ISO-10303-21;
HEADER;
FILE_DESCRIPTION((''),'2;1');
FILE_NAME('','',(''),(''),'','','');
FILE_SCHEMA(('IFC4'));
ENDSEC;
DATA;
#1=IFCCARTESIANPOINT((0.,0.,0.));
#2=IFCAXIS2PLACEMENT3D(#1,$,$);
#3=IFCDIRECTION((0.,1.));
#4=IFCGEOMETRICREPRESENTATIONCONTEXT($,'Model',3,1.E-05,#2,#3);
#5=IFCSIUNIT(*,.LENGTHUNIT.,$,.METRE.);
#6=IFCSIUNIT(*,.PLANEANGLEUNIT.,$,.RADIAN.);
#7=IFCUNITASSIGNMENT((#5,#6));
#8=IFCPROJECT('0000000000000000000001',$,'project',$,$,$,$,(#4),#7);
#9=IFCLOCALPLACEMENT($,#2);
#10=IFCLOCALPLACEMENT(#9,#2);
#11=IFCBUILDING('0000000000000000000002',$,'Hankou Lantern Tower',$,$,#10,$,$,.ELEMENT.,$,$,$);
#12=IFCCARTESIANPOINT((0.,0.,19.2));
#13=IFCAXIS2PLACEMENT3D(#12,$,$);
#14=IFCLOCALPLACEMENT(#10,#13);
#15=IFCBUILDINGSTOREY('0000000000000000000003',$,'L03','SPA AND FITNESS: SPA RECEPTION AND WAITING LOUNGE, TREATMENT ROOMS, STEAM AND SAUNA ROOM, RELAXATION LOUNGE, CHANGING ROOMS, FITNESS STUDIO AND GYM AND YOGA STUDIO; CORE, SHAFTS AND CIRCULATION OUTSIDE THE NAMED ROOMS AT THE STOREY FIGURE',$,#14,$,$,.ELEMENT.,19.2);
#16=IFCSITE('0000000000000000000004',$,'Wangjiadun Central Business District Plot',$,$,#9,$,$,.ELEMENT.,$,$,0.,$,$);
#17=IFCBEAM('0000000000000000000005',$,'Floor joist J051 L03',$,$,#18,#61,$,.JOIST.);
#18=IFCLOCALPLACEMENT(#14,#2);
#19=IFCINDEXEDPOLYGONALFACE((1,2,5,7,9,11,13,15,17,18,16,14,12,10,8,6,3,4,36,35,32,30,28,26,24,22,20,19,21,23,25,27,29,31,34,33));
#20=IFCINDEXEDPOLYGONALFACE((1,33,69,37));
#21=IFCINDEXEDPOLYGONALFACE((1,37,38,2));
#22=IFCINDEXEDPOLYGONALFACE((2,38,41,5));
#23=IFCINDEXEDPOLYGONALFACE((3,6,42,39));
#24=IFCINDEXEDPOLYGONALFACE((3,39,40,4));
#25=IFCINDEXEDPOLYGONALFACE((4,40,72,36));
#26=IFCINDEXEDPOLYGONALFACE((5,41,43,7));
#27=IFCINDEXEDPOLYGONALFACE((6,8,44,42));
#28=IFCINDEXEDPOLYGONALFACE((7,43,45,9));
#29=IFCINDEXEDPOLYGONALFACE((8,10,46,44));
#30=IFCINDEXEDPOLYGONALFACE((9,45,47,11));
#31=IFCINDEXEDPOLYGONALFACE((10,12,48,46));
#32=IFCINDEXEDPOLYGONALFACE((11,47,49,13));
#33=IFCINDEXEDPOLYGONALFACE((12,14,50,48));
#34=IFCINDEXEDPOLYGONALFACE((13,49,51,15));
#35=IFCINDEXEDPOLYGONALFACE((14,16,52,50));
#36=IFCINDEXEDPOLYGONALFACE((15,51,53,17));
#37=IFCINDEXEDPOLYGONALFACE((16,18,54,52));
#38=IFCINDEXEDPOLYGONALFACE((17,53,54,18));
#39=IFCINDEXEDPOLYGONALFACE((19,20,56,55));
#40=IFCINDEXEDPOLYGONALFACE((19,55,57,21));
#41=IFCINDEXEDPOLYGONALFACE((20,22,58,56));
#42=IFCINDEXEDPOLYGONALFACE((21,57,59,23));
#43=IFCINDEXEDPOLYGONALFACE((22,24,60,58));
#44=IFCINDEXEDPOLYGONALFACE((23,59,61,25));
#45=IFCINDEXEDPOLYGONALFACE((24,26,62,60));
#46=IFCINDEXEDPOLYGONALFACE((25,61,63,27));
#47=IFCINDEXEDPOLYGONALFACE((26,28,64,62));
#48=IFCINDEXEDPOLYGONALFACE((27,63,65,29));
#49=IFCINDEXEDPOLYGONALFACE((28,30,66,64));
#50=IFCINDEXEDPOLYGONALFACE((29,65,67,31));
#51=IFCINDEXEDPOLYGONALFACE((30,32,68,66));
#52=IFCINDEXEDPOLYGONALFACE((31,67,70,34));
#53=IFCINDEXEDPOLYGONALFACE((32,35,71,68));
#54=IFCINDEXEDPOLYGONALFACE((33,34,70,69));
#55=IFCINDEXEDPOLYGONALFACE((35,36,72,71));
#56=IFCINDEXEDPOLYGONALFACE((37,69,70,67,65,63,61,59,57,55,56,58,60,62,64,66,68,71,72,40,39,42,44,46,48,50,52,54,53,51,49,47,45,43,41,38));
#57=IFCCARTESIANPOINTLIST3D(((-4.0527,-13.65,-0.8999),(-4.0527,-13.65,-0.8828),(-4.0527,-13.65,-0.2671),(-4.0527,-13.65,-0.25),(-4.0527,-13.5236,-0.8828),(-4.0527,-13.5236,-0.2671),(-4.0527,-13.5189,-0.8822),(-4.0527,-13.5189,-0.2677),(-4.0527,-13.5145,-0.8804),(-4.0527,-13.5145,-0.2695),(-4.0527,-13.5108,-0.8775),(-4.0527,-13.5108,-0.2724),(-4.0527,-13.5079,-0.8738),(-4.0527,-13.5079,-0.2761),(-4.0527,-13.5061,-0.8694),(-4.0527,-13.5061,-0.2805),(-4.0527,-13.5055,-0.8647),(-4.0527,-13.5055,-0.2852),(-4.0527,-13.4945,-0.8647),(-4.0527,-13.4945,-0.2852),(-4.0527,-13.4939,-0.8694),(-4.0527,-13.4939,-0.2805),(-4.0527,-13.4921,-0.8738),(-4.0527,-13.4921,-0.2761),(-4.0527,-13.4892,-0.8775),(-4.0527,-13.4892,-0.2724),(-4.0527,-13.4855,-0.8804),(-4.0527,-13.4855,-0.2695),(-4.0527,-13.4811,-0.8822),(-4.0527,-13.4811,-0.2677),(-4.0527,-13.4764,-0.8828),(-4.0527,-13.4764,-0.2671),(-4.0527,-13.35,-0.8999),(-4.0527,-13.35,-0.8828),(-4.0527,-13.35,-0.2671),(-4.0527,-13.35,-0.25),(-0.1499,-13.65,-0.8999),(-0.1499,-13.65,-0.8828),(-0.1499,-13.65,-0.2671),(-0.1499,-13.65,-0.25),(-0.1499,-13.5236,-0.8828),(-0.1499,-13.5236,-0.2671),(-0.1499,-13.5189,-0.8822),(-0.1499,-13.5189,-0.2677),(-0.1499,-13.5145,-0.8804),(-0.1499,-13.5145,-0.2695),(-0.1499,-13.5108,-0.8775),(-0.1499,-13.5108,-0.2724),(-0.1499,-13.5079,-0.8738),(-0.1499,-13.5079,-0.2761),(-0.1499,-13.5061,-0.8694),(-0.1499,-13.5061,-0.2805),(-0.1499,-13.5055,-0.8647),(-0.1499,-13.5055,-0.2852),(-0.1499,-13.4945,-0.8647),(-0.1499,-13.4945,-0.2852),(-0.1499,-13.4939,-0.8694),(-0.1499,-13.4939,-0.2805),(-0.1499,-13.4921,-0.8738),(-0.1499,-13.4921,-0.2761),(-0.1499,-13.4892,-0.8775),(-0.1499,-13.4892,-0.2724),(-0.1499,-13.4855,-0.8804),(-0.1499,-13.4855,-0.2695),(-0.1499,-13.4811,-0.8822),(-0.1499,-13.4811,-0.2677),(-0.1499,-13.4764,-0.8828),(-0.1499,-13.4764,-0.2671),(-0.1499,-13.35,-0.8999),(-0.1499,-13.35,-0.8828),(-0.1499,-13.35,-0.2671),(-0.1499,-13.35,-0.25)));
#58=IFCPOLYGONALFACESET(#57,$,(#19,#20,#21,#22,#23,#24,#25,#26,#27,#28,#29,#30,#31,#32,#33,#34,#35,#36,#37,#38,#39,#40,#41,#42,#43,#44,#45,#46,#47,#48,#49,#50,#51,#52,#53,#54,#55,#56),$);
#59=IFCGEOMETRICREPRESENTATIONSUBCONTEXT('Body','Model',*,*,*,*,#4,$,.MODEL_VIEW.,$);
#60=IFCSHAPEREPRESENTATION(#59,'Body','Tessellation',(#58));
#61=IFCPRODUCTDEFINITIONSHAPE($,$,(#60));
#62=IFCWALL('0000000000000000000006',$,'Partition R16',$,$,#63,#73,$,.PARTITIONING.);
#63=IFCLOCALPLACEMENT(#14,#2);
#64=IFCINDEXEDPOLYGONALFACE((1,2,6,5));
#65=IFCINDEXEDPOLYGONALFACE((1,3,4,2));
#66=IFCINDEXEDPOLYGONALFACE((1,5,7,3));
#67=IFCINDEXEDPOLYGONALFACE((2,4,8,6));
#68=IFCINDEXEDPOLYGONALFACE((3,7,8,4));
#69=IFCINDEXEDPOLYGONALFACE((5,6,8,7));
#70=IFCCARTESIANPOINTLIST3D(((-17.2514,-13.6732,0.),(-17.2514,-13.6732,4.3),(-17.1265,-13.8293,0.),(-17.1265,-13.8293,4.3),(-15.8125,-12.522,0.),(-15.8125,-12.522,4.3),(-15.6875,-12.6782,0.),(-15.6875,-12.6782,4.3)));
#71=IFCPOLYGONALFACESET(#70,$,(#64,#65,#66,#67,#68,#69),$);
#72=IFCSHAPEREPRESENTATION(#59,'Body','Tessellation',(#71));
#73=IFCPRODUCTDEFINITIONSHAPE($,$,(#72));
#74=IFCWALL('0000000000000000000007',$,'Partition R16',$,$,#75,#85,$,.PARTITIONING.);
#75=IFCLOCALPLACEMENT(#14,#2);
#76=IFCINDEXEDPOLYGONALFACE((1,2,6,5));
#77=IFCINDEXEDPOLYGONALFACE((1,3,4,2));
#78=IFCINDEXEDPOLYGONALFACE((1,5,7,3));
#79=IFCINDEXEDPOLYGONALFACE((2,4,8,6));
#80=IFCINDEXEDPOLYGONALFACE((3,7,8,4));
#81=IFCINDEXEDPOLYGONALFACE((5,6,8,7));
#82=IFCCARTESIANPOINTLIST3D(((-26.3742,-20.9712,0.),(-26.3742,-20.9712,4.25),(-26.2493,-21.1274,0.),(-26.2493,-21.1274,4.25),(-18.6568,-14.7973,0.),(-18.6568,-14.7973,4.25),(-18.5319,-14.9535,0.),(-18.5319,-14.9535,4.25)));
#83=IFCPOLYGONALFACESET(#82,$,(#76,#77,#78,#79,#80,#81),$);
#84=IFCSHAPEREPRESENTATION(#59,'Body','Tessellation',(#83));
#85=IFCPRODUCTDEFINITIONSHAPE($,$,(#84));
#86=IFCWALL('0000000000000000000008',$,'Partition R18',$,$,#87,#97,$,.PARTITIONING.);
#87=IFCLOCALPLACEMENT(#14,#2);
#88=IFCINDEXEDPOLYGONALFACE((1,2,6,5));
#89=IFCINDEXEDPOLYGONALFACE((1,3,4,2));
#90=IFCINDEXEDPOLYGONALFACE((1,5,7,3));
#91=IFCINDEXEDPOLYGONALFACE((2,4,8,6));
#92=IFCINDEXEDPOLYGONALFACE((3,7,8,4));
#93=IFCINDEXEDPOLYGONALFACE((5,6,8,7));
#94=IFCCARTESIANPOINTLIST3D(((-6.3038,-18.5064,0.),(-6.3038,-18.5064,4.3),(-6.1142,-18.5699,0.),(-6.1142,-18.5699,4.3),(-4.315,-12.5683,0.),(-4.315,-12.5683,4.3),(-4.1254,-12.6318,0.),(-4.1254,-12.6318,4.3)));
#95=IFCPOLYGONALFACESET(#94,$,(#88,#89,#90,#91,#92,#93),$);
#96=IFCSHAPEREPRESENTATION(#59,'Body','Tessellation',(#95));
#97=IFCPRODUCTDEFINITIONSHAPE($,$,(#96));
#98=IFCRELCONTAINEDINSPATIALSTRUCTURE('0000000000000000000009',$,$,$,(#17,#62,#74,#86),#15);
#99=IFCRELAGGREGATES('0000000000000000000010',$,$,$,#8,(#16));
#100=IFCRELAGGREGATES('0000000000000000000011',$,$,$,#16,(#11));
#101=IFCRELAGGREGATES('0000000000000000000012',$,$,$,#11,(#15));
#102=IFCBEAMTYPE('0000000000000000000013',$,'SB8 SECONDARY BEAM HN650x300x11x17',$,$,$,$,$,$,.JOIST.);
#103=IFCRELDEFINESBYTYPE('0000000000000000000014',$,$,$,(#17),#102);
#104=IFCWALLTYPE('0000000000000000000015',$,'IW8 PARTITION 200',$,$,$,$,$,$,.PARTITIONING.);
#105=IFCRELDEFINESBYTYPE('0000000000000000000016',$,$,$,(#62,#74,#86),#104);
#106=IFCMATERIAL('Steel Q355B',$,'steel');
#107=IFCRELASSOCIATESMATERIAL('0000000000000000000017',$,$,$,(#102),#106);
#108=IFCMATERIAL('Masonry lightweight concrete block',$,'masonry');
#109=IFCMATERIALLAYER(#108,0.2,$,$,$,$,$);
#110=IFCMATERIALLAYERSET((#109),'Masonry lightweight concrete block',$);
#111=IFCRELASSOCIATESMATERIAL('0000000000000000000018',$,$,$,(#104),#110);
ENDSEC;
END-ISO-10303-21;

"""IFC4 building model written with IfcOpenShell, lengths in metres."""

from ifc_helpers import new_model, si_unit, direction, frame, frame_2d, origin, origin_2d, place, context, subcontext, project, spatial, rectangle, i_section, extrude, material, layer, layer_set, material_profile, profile_set, type_object, element, save


model = new_model("IFC4")

# Units and contexts
model_context = context("Model", 3, precision=1e-05, world=origin(), true_north=direction((0.0, 1.0)))
body_context = subcontext(model_context, "Body", "Model", "MODEL_VIEW")
ifc_project = project(units=[si_unit("LENGTHUNIT", "METRE"), si_unit("PLANEANGLEUNIT", "RADIAN")], contexts=[model_context])

# Site, building, storey
site_placement = place(None, origin())
site = spatial("IfcSite", under=ifc_project, at=site_placement, Name="Wangjiadun Central Business District Plot", CompositionType="ELEMENT", RefElevation=0.0)
building_placement = place(site_placement, origin())
building = spatial("IfcBuilding", under=site, at=building_placement, Name="Hankou Lantern Tower", CompositionType="ELEMENT")
storey_placement = place(building_placement, frame((0.0, 0.0, 19.2)))
storey = spatial("IfcBuildingStorey", under=building, at=storey_placement, Name="L03", Description="SPA AND FITNESS: SPA RECEPTION AND WAITING LOUNGE, TREATMENT ROOMS, STEAM AND SAUNA ROOM, RELAXATION LOUNGE, CHANGING ROOMS, FITNESS STUDIO AND GYM AND YOGA STUDIO; CORE, SHAFTS AND CIRCULATION OUTSIDE THE NAMED ROOMS AT THE STOREY FIGURE", CompositionType="ELEMENT", Elevation=19.2)

# Beam
ifc_material_1 = material(Name="Steel Q355B", Category="steel")
ifc_material_profile_1 = material_profile(ifc_material_1, i_section(OverallWidth=0.3, OverallDepth=0.6499, WebThickness=0.011, FlangeThickness=0.0171, FilletRadius=0.0181, at=origin_2d()), Name="HN650x300x11x17")
ifc_profile_set_1 = profile_set([ifc_material_profile_1], Name="Steel Q355B")
beam_type_1 = type_object("IfcBeamType", Name="SB8 SECONDARY BEAM HN650x300x11x17", PredefinedType="JOIST", material=ifc_profile_set_1)
beam_1_placement = place(storey_placement, frame((-4.0527, -13.5, -0.575), z_axis=(1.0, 0.0, 0.0), x_axis=(0.0, 1.0, 0.0)))
element("IfcBeam", 1, at=beam_1_placement, inside=storey, type_object=beam_type_1, Name="Floor joist J051 L03", PredefinedType="JOIST", context=body_context, shape_type="SweptSolid", body=[
    extrude(i_section(OverallWidth=0.3, OverallDepth=0.6499, WebThickness=0.011, FlangeThickness=0.0171, FilletRadius=0.0181, at=origin_2d()), origin(), (0.0, 0.0, 1.0), 3.9028),
])

# Walls
ifc_material_2 = material(Name="Masonry lightweight concrete block", Category="masonry")
ifc_layer = layer(ifc_material_2, 0.2)
ifc_layer_set = layer_set([ifc_layer], Name="Masonry lightweight concrete block")
wall_type = type_object("IfcWallType", Name="IW8 PARTITION 200", PredefinedType="PARTITIONING", material=ifc_layer_set)
wall_1_placement = place(storey_placement, frame((-15.75, -12.6001, 0.0), z_axis=(0.0, 0.0, 1.0), x_axis=(-0.780882, -0.624679, 0.0)))
element("IfcWall", 2, at=wall_1_placement, inside=storey, type_object=wall_type, Name="Partition R16", PredefinedType="PARTITIONING", context=body_context, shape_type="SweptSolid", body=[
    extrude(rectangle(XDim=1.8428, YDim=0.2, at=frame_2d((0.9214, 0.0))), origin(), (0.0, 0.0, 1.0), 4.3),
])
wall_2_placement = place(storey_placement, frame((-18.5945, -14.8755, 0.0), z_axis=(0.0, 0.0, 1.0), x_axis=(-0.780869, -0.624695, 0.0)))
element("IfcWall", 3, at=wall_2_placement, inside=storey, type_object=wall_type, Name="Partition R16", PredefinedType="PARTITIONING", context=body_context, shape_type="SweptSolid", body=[
    extrude(rectangle(XDim=9.8831, YDim=0.2, at=frame_2d((4.9414, 0.0))), origin(), (0.0, 0.0, 1.0), 4.25),
])
wall_3_placement = place(storey_placement, frame((-4.2202, -12.6001, 0.0), z_axis=(0.0, 0.0, 1.0), x_axis=(-0.317584, -0.94823, 0.0)))
element("IfcWall", 4, at=wall_3_placement, inside=storey, type_object=wall_type, Name="Partition R18", PredefinedType="PARTITIONING", context=body_context, shape_type="SweptSolid", body=[
    extrude(rectangle(XDim=6.2622, YDim=0.2, at=frame_2d((3.1311, 0.0))), origin(), (0.0, 0.0, 1.0), 4.3),
])

save(model, "model.ifc")
